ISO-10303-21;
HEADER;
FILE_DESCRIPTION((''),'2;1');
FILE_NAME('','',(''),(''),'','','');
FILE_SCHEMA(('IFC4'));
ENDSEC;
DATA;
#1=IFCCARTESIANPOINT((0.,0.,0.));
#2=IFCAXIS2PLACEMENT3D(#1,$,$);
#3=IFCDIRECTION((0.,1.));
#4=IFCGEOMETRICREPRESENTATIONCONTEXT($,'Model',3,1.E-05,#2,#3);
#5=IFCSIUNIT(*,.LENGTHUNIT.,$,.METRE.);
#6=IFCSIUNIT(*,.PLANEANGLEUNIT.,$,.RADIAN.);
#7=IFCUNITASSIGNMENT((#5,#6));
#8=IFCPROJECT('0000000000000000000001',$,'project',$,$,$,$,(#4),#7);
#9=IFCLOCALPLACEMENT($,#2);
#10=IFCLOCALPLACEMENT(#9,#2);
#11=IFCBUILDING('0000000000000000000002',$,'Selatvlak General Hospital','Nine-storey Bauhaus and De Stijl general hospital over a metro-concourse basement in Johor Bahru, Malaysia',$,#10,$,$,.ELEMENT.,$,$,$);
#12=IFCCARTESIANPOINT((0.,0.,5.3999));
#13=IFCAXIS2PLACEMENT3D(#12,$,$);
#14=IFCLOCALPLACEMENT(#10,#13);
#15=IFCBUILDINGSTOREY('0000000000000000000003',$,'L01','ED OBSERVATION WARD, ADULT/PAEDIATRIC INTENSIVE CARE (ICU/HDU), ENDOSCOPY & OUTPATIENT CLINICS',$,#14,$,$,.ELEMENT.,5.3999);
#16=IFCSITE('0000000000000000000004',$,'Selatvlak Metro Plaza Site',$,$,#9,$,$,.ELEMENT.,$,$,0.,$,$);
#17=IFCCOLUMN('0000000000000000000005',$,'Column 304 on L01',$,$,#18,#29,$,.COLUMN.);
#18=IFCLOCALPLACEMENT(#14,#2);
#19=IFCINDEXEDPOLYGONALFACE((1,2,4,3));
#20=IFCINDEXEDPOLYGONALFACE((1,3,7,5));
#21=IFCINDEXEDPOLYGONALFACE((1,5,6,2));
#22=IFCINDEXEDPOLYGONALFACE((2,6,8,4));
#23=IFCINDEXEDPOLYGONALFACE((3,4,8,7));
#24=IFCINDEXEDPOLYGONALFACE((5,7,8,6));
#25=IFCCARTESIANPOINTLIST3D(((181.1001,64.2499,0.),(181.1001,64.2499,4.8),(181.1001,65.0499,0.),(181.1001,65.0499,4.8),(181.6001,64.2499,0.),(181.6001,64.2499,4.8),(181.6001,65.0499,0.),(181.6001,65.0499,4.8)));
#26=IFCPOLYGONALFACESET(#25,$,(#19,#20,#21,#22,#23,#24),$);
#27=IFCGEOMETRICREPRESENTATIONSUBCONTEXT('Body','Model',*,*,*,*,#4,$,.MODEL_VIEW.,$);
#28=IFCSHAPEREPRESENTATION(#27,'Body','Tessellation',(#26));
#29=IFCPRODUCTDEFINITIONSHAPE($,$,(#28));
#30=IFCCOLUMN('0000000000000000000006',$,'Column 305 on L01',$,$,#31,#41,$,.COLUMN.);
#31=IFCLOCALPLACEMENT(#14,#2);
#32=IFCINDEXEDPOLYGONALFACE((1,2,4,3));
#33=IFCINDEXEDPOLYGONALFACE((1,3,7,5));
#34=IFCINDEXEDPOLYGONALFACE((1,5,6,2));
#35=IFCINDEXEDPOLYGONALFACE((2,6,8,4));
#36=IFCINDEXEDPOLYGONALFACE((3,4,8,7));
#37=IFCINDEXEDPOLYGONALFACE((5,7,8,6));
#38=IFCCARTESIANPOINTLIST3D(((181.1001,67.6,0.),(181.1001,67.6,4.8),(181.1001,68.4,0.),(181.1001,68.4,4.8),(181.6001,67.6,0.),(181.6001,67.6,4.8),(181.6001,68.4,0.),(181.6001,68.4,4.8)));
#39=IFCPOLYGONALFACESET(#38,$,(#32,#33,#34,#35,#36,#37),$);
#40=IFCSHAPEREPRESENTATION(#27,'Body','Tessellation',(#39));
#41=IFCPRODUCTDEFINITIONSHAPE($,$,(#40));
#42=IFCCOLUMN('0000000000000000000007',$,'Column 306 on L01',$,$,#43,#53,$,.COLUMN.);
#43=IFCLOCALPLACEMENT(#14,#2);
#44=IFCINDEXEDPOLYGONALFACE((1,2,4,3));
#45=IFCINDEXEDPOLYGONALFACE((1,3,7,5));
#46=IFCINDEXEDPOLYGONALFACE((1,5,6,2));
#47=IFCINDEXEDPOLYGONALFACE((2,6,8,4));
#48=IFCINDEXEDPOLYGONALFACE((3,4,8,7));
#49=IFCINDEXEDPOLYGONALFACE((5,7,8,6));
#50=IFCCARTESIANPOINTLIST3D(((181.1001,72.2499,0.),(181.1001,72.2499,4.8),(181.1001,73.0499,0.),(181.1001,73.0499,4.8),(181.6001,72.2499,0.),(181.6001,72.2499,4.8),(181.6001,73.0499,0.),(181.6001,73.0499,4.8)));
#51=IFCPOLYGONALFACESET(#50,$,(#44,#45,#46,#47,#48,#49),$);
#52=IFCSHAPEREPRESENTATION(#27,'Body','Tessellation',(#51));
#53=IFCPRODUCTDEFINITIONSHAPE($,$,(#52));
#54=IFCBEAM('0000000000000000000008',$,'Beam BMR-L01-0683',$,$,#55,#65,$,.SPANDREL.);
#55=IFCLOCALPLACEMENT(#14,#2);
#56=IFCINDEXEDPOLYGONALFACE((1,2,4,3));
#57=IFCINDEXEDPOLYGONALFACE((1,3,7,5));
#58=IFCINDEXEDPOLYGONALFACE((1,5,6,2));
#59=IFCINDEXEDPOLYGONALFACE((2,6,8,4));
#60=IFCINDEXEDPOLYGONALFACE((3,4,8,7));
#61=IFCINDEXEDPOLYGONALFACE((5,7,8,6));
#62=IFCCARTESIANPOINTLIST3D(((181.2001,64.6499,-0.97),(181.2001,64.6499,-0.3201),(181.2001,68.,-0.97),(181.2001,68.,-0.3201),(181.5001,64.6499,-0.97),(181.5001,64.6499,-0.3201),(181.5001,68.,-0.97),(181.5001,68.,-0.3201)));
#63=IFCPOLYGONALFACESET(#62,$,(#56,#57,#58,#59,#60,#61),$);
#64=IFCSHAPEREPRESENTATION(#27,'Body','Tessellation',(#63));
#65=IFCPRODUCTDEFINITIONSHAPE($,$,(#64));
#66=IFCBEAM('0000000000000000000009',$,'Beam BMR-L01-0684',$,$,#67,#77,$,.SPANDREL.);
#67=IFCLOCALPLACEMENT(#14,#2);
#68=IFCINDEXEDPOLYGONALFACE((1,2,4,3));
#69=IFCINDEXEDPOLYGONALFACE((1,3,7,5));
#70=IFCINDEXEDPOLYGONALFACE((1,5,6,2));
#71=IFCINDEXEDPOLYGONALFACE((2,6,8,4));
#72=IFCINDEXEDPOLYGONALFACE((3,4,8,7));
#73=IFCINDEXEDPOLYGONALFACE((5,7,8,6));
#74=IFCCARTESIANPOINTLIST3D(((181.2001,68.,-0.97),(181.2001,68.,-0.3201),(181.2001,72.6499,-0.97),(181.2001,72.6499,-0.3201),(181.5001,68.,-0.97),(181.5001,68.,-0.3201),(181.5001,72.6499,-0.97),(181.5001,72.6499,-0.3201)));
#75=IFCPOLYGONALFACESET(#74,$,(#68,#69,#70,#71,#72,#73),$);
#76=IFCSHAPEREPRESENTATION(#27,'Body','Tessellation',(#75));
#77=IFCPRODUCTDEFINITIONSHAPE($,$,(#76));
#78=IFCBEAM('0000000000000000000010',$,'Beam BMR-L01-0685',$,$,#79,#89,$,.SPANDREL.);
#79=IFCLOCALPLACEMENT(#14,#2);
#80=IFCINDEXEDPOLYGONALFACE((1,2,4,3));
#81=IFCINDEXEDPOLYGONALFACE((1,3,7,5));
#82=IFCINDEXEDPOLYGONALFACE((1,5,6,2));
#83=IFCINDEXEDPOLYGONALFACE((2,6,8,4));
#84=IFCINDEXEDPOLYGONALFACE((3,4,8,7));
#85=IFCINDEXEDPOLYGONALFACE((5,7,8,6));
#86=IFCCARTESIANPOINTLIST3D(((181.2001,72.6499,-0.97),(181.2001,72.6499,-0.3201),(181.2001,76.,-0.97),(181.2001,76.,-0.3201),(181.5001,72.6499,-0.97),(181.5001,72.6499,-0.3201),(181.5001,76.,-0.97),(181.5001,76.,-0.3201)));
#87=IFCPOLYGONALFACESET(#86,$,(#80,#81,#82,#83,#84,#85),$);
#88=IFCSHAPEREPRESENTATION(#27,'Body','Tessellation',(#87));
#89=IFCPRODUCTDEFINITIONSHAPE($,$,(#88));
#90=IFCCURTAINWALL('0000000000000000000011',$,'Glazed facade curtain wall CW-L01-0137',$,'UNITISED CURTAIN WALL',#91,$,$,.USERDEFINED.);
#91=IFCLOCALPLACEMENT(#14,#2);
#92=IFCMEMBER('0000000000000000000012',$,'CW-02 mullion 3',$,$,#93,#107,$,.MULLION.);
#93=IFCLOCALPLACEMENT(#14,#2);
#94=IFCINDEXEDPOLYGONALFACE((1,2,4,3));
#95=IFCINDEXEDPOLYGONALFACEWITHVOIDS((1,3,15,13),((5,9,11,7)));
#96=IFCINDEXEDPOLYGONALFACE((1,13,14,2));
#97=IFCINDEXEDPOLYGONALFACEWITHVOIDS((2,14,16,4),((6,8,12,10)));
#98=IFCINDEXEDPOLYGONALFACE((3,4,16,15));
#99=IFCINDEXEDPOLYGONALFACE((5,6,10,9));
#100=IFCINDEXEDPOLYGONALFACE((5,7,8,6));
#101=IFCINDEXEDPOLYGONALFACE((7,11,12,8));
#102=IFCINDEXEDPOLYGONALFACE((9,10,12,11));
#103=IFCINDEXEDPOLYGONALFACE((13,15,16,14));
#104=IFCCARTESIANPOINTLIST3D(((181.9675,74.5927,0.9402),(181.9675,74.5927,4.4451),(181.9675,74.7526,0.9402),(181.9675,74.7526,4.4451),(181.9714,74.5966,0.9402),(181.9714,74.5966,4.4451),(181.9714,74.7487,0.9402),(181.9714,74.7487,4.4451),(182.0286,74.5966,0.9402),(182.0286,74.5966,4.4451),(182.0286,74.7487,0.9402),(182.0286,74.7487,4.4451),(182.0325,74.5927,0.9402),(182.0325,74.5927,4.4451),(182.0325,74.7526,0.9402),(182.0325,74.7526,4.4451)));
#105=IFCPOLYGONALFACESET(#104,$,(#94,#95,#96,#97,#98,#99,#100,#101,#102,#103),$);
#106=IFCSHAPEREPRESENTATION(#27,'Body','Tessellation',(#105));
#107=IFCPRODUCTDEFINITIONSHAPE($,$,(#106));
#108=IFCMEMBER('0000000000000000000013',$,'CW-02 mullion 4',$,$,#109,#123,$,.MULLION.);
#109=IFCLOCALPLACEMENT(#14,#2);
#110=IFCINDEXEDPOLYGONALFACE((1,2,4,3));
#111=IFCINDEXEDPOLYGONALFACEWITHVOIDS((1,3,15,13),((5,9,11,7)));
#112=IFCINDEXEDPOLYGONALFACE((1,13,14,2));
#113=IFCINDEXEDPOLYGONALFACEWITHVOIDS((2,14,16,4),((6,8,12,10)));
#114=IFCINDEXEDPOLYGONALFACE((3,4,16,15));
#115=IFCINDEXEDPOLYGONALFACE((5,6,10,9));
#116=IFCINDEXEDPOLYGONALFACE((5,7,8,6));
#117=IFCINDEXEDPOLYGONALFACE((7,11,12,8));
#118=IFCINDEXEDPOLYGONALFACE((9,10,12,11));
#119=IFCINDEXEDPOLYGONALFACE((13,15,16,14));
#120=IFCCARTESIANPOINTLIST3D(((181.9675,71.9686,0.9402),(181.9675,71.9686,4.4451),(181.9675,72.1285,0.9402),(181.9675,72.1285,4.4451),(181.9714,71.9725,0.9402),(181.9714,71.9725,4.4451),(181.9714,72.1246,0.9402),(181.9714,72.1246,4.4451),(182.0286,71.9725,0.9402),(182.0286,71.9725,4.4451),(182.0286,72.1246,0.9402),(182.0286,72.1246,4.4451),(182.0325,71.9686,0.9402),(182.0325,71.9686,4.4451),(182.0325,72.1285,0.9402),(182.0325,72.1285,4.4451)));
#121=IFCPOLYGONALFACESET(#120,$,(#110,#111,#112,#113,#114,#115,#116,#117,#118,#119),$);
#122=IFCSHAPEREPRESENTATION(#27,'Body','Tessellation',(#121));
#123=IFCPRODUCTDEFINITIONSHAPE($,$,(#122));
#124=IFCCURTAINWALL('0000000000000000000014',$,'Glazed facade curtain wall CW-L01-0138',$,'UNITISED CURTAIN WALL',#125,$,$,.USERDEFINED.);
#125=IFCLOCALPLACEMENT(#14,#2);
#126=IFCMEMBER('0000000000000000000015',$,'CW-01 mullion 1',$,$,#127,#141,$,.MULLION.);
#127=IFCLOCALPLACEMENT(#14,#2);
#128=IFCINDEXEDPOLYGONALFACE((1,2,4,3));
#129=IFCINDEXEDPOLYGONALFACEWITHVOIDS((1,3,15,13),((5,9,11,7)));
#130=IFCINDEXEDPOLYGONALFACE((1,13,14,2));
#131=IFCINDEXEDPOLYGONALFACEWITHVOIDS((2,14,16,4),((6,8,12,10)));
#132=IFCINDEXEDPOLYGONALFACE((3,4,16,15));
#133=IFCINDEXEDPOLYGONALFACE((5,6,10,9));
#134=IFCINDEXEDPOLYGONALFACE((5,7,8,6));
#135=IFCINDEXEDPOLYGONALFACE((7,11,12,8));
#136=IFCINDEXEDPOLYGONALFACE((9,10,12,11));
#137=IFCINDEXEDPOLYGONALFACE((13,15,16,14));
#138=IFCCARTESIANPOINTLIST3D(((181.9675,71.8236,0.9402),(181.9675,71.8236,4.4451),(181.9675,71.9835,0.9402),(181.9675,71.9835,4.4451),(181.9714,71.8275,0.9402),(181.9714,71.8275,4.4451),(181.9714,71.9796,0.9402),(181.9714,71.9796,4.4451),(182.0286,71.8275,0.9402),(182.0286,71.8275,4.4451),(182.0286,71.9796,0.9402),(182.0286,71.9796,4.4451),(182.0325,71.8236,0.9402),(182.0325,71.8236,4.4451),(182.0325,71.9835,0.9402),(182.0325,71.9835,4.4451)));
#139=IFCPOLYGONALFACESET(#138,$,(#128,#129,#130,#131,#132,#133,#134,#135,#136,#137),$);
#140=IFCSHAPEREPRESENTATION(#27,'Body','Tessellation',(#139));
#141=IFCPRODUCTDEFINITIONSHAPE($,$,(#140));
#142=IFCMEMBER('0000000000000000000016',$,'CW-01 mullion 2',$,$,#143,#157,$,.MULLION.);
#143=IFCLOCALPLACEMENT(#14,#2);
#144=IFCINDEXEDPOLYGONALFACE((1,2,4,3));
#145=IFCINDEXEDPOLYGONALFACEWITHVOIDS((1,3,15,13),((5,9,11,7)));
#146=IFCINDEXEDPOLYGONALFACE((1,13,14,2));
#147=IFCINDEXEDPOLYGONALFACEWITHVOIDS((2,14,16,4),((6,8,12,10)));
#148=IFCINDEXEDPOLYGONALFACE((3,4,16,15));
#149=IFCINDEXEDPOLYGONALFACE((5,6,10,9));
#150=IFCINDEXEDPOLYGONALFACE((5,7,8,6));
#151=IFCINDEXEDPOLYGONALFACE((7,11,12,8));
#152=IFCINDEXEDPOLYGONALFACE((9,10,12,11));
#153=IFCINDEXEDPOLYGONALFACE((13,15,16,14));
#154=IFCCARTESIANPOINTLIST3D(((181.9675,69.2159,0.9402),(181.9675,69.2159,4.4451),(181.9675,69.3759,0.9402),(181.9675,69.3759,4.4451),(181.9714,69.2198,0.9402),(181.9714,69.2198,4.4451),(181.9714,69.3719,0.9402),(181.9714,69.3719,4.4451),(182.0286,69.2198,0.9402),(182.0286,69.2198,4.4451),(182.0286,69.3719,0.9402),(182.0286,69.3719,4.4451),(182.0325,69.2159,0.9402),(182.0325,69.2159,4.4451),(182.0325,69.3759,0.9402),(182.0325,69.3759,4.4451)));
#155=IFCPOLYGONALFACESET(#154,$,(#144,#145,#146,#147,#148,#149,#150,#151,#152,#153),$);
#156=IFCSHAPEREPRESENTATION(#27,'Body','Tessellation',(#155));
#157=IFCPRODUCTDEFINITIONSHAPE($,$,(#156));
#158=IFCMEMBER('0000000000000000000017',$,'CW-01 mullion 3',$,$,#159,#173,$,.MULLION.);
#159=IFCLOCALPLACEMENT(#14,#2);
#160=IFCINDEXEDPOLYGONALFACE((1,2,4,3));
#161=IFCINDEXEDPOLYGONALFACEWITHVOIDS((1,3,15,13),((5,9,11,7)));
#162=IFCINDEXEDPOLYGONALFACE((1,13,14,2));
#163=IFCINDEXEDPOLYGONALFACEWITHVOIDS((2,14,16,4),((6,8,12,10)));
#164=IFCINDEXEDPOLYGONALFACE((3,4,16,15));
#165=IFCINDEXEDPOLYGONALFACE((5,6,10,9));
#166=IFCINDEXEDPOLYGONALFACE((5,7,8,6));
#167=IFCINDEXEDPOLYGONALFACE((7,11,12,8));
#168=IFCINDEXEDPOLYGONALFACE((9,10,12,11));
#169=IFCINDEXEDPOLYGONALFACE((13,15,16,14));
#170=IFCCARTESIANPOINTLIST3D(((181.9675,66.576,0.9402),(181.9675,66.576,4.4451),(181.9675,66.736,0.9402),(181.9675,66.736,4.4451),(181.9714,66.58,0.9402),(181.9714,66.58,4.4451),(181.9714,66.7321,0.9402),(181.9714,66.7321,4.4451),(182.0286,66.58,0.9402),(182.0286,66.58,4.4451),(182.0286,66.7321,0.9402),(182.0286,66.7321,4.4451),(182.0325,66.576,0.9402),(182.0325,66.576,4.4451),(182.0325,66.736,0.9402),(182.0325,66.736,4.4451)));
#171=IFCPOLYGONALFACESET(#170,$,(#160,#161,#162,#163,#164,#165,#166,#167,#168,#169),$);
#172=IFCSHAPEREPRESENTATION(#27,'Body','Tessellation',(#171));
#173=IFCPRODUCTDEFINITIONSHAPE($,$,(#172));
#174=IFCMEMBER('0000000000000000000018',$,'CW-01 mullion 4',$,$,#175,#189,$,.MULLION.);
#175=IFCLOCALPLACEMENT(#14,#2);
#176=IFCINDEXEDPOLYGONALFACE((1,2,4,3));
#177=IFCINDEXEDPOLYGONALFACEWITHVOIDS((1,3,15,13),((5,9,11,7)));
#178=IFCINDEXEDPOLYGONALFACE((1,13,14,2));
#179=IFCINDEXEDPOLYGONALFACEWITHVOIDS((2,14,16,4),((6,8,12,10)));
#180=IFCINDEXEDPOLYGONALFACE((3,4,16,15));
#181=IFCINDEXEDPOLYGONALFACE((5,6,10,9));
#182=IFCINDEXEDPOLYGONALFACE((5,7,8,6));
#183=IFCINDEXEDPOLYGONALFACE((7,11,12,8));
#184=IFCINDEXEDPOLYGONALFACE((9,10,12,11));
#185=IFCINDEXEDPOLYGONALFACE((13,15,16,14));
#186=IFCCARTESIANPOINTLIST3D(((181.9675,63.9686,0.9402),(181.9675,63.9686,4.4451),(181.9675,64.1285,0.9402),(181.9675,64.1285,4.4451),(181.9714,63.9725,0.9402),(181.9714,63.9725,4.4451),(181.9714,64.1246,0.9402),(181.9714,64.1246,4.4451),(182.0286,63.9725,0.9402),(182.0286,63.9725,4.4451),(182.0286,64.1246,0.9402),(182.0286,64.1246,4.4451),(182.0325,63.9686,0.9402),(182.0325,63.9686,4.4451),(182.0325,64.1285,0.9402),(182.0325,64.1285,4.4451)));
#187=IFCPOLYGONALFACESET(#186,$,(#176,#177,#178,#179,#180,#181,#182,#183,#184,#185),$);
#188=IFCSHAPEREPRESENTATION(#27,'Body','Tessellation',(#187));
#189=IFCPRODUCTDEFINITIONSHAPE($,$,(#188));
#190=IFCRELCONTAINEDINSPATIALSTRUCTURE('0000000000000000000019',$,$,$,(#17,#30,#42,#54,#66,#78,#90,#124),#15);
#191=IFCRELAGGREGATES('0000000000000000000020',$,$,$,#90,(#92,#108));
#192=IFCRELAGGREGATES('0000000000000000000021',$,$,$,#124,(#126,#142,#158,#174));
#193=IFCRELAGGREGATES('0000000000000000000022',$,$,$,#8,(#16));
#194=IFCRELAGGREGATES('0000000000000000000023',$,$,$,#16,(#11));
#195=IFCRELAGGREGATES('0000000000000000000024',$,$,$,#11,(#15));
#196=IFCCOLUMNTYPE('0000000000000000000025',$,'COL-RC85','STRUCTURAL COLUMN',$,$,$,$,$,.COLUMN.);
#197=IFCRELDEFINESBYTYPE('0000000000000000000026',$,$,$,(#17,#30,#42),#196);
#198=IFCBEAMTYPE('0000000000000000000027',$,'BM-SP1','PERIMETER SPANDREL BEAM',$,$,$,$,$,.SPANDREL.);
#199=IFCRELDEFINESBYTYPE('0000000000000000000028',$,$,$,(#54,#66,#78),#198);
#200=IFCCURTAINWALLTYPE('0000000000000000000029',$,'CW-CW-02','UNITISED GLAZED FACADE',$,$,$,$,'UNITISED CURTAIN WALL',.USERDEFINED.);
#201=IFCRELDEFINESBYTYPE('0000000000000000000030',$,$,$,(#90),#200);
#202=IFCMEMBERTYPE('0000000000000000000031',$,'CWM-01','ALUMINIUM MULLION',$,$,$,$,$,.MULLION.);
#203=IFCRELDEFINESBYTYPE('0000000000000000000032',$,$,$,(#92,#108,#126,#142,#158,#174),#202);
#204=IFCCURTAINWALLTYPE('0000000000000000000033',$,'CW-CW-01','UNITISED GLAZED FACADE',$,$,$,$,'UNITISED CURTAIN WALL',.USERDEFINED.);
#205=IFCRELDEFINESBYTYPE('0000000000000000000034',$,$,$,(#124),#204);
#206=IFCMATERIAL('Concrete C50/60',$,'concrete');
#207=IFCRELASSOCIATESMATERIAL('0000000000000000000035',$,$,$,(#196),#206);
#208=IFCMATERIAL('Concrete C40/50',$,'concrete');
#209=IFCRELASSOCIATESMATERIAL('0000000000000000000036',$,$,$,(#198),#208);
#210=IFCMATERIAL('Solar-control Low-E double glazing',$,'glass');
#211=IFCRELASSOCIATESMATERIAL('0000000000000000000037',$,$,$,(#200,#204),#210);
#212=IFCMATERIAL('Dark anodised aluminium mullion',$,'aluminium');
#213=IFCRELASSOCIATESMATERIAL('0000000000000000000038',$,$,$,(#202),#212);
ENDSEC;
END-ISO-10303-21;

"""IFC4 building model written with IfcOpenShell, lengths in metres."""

from ifc_helpers import new_model, si_unit, direction, frame, origin, origin_2d, place, context, subcontext, project, spatial, rectangle, hollow_rectangle, extrude, material, material_profile, profile_set, type_object, element, aggregate, save


model = new_model("IFC4")

# Units and contexts
model_context = context("Model", 3, precision=1e-05, world=origin(), true_north=direction((0.0, 1.0)))
body_context = subcontext(model_context, "Body", "Model", "MODEL_VIEW")
ifc_project = project(units=[si_unit("LENGTHUNIT", "METRE"), si_unit("PLANEANGLEUNIT", "RADIAN")], contexts=[model_context])

# Site, building, storey
site_placement = place(None, origin())
site = spatial("IfcSite", under=ifc_project, at=site_placement, Name="Selatvlak Metro Plaza Site", CompositionType="ELEMENT", RefElevation=0.0)
building_placement = place(site_placement, origin())
building = spatial("IfcBuilding", under=site, at=building_placement, Name="Selatvlak General Hospital", Description="Nine-storey Bauhaus and De Stijl general hospital over a metro-concourse basement in Johor Bahru, Malaysia", CompositionType="ELEMENT")
storey_placement = place(building_placement, frame((0.0, 0.0, 5.3999)))
storey = spatial("IfcBuildingStorey", under=building, at=storey_placement, Name="L01", Description="ED OBSERVATION WARD, ADULT/PAEDIATRIC INTENSIVE CARE (ICU/HDU), ENDOSCOPY & OUTPATIENT CLINICS", CompositionType="ELEMENT", Elevation=5.3999)

# Columns
ifc_material_1 = material(Name="Concrete C50/60", Category="concrete")
ifc_material_profile_1 = material_profile(ifc_material_1, rectangle(XDim=0.5, YDim=0.8, at=origin_2d()), Name="RC-COL 800x500")
ifc_profile_set_1 = profile_set([ifc_material_profile_1], Name="Concrete C50/60")
column_type = type_object("IfcColumnType", Name="COL-RC85", Description="STRUCTURAL COLUMN", PredefinedType="COLUMN", material=ifc_profile_set_1)
for number, where, z_axis, x_axis, name in (
    (1, (181.3501, 64.6499, 0.0), (0.0, 0.0, 1.0), (1.0, 0.0, 0.0), "Column 304 on L01"),
    (2, (181.3501, 68.0, 0.0), (0.0, 0.0, 1.0), (1.0, 0.0, 0.0), "Column 305 on L01"),
    (3, (181.3501, 72.6499, 0.0), (0.0, 0.0, 1.0), (1.0, 0.0, 0.0), "Column 306 on L01"),
):
    element("IfcColumn", number, at=place(storey_placement, frame(where, z_axis=z_axis, x_axis=x_axis)), inside=storey, type_object=column_type, Name=name, PredefinedType="COLUMN", context=body_context, shape_type="SweptSolid", body=[
        extrude(rectangle(XDim=0.5, YDim=0.8, at=origin_2d()), origin(), (0.0, 0.0, 1.0), 4.8),
    ])

# Beams
ifc_material_2 = material(Name="Concrete C40/50", Category="concrete")
ifc_material_profile_2 = material_profile(ifc_material_2, rectangle(XDim=0.3, YDim=0.6499, at=origin_2d()), Name="RC-SP 300x650")
ifc_profile_set_2 = profile_set([ifc_material_profile_2], Name="Concrete C40/50")
beam_type = type_object("IfcBeamType", Name="BM-SP1", Description="PERIMETER SPANDREL BEAM", PredefinedType="SPANDREL", material=ifc_profile_set_2)
beam_1_placement = place(storey_placement, frame((181.3501, 64.6499, -0.645), z_axis=(0.0, 1.0, 0.0), x_axis=(-1.0, 0.0, 0.0)))
element("IfcBeam", 4, at=beam_1_placement, inside=storey, type_object=beam_type, Name="Beam BMR-L01-0683", PredefinedType="SPANDREL", context=body_context, shape_type="SweptSolid", body=[
    extrude(rectangle(XDim=0.3, YDim=0.6499, at=origin_2d()), origin(), (0.0, 0.0, 1.0), 3.3501),
])
beam_2_placement = place(storey_placement, frame((181.3501, 68.0, -0.645), z_axis=(0.0, 1.0, 0.0), x_axis=(-1.0, 0.0, 0.0)))
element("IfcBeam", 5, at=beam_2_placement, inside=storey, type_object=beam_type, Name="Beam BMR-L01-0684", PredefinedType="SPANDREL", context=body_context, shape_type="SweptSolid", body=[
    extrude(rectangle(XDim=0.3, YDim=0.6499, at=origin_2d()), origin(), (0.0, 0.0, 1.0), 4.6499),
])
beam_3_placement = place(storey_placement, frame((181.3501, 72.6499, -0.645), z_axis=(0.0, 1.0, 0.0), x_axis=(-1.0, 0.0, 0.0)))
element("IfcBeam", 6, at=beam_3_placement, inside=storey, type_object=beam_type, Name="Beam BMR-L01-0685", PredefinedType="SPANDREL", context=body_context, shape_type="SweptSolid", body=[
    extrude(rectangle(XDim=0.3, YDim=0.6499, at=origin_2d()), origin(), (0.0, 0.0, 1.0), 3.3501),
])

# Curtain walls, members
ifc_material_3 = material(Name="Solar-control Low-E double glazing", Category="glass")
curtain_wall_type_1 = type_object("IfcCurtainWallType", Name="CW-CW-02", Description="UNITISED GLAZED FACADE", ElementType="UNITISED CURTAIN WALL", PredefinedType="USERDEFINED", material=ifc_material_3)
curtain_wall_1_placement = place(storey_placement, origin())
curtain_wall_1 = element("IfcCurtainWall", 7, at=curtain_wall_1_placement, inside=storey, type_object=curtain_wall_type_1, Name="Glazed facade curtain wall CW-L01-0137", ObjectType="UNITISED CURTAIN WALL", PredefinedType="USERDEFINED")
ifc_material_4 = material(Name="Dark anodised aluminium mullion", Category="aluminium")
ifc_material_profile_3 = material_profile(ifc_material_4, hollow_rectangle(XDim=0.0649, YDim=0.1599, WallThickness=0.0039, at=origin_2d()), Name="AL-MUL 65x160x4")
ifc_profile_set_3 = profile_set([ifc_material_profile_3], Name="Dark anodised aluminium mullion")
member_type_1 = type_object("IfcMemberType", Name="CWM-01", Description="ALUMINIUM MULLION", PredefinedType="MULLION", material=ifc_profile_set_3)
member_1_placement = place(storey_placement, frame((182.0, 74.6726, 0.9402), z_axis=(0.0, 0.0, 1.0), x_axis=(1.0, 0.0, 0.0)))
member_1 = element("IfcMember", 8, at=member_1_placement, type_object=member_type_1, Name="CW-02 mullion 3", PredefinedType="MULLION", context=body_context, shape_type="SweptSolid", body=[
    extrude(hollow_rectangle(XDim=0.0649, YDim=0.1599, WallThickness=0.0039, at=origin_2d()), origin(), (0.0, 0.0, 1.0), 3.5049),
])
member_2_placement = place(storey_placement, frame((182.0, 72.0486, 0.9402), z_axis=(0.0, 0.0, 1.0), x_axis=(1.0, 0.0, 0.0)))
member_2 = element("IfcMember", 9, at=member_2_placement, type_object=member_type_1, Name="CW-02 mullion 4", PredefinedType="MULLION", context=body_context, shape_type="SweptSolid", body=[
    extrude(hollow_rectangle(XDim=0.0649, YDim=0.1599, WallThickness=0.0039, at=origin_2d()), origin(), (0.0, 0.0, 1.0), 3.5049),
])
curtain_wall_type_2 = type_object("IfcCurtainWallType", Name="CW-CW-01", Description="UNITISED GLAZED FACADE", ElementType="UNITISED CURTAIN WALL", PredefinedType="USERDEFINED", material=ifc_material_3)
curtain_wall_2_placement = place(storey_placement, origin())
curtain_wall_2 = element("IfcCurtainWall", 10, at=curtain_wall_2_placement, inside=storey, type_object=curtain_wall_type_2, Name="Glazed facade curtain wall CW-L01-0138", ObjectType="UNITISED CURTAIN WALL", PredefinedType="USERDEFINED")
member_3_placement = place(storey_placement, frame((182.0, 71.9036, 0.9402), z_axis=(0.0, 0.0, 1.0), x_axis=(1.0, 0.0, 0.0)))
member_3 = element("IfcMember", 11, at=member_3_placement, type_object=member_type_1, Name="CW-01 mullion 1", PredefinedType="MULLION", context=body_context, shape_type="SweptSolid", body=[
    extrude(hollow_rectangle(XDim=0.0649, YDim=0.1599, WallThickness=0.0039, at=origin_2d()), origin(), (0.0, 0.0, 1.0), 3.5049),
])
member_4_placement = place(storey_placement, frame((182.0, 69.2959, 0.9402), z_axis=(0.0, 0.0, 1.0), x_axis=(1.0, 0.0, 0.0)))
member_4 = element("IfcMember", 12, at=member_4_placement, type_object=member_type_1, Name="CW-01 mullion 2", PredefinedType="MULLION", context=body_context, shape_type="SweptSolid", body=[
    extrude(hollow_rectangle(XDim=0.0649, YDim=0.1599, WallThickness=0.0039, at=origin_2d()), origin(), (0.0, 0.0, 1.0), 3.5049),
])
member_5_placement = place(storey_placement, frame((182.0, 66.656, 0.9402), z_axis=(0.0, 0.0, 1.0), x_axis=(1.0, 0.0, 0.0)))
member_5 = element("IfcMember", 13, at=member_5_placement, type_object=member_type_1, Name="CW-01 mullion 3", PredefinedType="MULLION", context=body_context, shape_type="SweptSolid", body=[
    extrude(hollow_rectangle(XDim=0.0649, YDim=0.1599, WallThickness=0.0039, at=origin_2d()), origin(), (0.0, 0.0, 1.0), 3.5049),
])
member_6_placement = place(storey_placement, frame((182.0, 64.0486, 0.9402), z_axis=(0.0, 0.0, 1.0), x_axis=(1.0, 0.0, 0.0)))
member_6 = element("IfcMember", 14, at=member_6_placement, type_object=member_type_1, Name="CW-01 mullion 4", PredefinedType="MULLION", context=body_context, shape_type="SweptSolid", body=[
    extrude(hollow_rectangle(XDim=0.0649, YDim=0.1599, WallThickness=0.0039, at=origin_2d()), origin(), (0.0, 0.0, 1.0), 3.5049),
])

aggregate(curtain_wall_1, [member_1, member_2])
aggregate(curtain_wall_2, [member_3, member_4, member_5, member_6])

save(model, "model.ifc")
